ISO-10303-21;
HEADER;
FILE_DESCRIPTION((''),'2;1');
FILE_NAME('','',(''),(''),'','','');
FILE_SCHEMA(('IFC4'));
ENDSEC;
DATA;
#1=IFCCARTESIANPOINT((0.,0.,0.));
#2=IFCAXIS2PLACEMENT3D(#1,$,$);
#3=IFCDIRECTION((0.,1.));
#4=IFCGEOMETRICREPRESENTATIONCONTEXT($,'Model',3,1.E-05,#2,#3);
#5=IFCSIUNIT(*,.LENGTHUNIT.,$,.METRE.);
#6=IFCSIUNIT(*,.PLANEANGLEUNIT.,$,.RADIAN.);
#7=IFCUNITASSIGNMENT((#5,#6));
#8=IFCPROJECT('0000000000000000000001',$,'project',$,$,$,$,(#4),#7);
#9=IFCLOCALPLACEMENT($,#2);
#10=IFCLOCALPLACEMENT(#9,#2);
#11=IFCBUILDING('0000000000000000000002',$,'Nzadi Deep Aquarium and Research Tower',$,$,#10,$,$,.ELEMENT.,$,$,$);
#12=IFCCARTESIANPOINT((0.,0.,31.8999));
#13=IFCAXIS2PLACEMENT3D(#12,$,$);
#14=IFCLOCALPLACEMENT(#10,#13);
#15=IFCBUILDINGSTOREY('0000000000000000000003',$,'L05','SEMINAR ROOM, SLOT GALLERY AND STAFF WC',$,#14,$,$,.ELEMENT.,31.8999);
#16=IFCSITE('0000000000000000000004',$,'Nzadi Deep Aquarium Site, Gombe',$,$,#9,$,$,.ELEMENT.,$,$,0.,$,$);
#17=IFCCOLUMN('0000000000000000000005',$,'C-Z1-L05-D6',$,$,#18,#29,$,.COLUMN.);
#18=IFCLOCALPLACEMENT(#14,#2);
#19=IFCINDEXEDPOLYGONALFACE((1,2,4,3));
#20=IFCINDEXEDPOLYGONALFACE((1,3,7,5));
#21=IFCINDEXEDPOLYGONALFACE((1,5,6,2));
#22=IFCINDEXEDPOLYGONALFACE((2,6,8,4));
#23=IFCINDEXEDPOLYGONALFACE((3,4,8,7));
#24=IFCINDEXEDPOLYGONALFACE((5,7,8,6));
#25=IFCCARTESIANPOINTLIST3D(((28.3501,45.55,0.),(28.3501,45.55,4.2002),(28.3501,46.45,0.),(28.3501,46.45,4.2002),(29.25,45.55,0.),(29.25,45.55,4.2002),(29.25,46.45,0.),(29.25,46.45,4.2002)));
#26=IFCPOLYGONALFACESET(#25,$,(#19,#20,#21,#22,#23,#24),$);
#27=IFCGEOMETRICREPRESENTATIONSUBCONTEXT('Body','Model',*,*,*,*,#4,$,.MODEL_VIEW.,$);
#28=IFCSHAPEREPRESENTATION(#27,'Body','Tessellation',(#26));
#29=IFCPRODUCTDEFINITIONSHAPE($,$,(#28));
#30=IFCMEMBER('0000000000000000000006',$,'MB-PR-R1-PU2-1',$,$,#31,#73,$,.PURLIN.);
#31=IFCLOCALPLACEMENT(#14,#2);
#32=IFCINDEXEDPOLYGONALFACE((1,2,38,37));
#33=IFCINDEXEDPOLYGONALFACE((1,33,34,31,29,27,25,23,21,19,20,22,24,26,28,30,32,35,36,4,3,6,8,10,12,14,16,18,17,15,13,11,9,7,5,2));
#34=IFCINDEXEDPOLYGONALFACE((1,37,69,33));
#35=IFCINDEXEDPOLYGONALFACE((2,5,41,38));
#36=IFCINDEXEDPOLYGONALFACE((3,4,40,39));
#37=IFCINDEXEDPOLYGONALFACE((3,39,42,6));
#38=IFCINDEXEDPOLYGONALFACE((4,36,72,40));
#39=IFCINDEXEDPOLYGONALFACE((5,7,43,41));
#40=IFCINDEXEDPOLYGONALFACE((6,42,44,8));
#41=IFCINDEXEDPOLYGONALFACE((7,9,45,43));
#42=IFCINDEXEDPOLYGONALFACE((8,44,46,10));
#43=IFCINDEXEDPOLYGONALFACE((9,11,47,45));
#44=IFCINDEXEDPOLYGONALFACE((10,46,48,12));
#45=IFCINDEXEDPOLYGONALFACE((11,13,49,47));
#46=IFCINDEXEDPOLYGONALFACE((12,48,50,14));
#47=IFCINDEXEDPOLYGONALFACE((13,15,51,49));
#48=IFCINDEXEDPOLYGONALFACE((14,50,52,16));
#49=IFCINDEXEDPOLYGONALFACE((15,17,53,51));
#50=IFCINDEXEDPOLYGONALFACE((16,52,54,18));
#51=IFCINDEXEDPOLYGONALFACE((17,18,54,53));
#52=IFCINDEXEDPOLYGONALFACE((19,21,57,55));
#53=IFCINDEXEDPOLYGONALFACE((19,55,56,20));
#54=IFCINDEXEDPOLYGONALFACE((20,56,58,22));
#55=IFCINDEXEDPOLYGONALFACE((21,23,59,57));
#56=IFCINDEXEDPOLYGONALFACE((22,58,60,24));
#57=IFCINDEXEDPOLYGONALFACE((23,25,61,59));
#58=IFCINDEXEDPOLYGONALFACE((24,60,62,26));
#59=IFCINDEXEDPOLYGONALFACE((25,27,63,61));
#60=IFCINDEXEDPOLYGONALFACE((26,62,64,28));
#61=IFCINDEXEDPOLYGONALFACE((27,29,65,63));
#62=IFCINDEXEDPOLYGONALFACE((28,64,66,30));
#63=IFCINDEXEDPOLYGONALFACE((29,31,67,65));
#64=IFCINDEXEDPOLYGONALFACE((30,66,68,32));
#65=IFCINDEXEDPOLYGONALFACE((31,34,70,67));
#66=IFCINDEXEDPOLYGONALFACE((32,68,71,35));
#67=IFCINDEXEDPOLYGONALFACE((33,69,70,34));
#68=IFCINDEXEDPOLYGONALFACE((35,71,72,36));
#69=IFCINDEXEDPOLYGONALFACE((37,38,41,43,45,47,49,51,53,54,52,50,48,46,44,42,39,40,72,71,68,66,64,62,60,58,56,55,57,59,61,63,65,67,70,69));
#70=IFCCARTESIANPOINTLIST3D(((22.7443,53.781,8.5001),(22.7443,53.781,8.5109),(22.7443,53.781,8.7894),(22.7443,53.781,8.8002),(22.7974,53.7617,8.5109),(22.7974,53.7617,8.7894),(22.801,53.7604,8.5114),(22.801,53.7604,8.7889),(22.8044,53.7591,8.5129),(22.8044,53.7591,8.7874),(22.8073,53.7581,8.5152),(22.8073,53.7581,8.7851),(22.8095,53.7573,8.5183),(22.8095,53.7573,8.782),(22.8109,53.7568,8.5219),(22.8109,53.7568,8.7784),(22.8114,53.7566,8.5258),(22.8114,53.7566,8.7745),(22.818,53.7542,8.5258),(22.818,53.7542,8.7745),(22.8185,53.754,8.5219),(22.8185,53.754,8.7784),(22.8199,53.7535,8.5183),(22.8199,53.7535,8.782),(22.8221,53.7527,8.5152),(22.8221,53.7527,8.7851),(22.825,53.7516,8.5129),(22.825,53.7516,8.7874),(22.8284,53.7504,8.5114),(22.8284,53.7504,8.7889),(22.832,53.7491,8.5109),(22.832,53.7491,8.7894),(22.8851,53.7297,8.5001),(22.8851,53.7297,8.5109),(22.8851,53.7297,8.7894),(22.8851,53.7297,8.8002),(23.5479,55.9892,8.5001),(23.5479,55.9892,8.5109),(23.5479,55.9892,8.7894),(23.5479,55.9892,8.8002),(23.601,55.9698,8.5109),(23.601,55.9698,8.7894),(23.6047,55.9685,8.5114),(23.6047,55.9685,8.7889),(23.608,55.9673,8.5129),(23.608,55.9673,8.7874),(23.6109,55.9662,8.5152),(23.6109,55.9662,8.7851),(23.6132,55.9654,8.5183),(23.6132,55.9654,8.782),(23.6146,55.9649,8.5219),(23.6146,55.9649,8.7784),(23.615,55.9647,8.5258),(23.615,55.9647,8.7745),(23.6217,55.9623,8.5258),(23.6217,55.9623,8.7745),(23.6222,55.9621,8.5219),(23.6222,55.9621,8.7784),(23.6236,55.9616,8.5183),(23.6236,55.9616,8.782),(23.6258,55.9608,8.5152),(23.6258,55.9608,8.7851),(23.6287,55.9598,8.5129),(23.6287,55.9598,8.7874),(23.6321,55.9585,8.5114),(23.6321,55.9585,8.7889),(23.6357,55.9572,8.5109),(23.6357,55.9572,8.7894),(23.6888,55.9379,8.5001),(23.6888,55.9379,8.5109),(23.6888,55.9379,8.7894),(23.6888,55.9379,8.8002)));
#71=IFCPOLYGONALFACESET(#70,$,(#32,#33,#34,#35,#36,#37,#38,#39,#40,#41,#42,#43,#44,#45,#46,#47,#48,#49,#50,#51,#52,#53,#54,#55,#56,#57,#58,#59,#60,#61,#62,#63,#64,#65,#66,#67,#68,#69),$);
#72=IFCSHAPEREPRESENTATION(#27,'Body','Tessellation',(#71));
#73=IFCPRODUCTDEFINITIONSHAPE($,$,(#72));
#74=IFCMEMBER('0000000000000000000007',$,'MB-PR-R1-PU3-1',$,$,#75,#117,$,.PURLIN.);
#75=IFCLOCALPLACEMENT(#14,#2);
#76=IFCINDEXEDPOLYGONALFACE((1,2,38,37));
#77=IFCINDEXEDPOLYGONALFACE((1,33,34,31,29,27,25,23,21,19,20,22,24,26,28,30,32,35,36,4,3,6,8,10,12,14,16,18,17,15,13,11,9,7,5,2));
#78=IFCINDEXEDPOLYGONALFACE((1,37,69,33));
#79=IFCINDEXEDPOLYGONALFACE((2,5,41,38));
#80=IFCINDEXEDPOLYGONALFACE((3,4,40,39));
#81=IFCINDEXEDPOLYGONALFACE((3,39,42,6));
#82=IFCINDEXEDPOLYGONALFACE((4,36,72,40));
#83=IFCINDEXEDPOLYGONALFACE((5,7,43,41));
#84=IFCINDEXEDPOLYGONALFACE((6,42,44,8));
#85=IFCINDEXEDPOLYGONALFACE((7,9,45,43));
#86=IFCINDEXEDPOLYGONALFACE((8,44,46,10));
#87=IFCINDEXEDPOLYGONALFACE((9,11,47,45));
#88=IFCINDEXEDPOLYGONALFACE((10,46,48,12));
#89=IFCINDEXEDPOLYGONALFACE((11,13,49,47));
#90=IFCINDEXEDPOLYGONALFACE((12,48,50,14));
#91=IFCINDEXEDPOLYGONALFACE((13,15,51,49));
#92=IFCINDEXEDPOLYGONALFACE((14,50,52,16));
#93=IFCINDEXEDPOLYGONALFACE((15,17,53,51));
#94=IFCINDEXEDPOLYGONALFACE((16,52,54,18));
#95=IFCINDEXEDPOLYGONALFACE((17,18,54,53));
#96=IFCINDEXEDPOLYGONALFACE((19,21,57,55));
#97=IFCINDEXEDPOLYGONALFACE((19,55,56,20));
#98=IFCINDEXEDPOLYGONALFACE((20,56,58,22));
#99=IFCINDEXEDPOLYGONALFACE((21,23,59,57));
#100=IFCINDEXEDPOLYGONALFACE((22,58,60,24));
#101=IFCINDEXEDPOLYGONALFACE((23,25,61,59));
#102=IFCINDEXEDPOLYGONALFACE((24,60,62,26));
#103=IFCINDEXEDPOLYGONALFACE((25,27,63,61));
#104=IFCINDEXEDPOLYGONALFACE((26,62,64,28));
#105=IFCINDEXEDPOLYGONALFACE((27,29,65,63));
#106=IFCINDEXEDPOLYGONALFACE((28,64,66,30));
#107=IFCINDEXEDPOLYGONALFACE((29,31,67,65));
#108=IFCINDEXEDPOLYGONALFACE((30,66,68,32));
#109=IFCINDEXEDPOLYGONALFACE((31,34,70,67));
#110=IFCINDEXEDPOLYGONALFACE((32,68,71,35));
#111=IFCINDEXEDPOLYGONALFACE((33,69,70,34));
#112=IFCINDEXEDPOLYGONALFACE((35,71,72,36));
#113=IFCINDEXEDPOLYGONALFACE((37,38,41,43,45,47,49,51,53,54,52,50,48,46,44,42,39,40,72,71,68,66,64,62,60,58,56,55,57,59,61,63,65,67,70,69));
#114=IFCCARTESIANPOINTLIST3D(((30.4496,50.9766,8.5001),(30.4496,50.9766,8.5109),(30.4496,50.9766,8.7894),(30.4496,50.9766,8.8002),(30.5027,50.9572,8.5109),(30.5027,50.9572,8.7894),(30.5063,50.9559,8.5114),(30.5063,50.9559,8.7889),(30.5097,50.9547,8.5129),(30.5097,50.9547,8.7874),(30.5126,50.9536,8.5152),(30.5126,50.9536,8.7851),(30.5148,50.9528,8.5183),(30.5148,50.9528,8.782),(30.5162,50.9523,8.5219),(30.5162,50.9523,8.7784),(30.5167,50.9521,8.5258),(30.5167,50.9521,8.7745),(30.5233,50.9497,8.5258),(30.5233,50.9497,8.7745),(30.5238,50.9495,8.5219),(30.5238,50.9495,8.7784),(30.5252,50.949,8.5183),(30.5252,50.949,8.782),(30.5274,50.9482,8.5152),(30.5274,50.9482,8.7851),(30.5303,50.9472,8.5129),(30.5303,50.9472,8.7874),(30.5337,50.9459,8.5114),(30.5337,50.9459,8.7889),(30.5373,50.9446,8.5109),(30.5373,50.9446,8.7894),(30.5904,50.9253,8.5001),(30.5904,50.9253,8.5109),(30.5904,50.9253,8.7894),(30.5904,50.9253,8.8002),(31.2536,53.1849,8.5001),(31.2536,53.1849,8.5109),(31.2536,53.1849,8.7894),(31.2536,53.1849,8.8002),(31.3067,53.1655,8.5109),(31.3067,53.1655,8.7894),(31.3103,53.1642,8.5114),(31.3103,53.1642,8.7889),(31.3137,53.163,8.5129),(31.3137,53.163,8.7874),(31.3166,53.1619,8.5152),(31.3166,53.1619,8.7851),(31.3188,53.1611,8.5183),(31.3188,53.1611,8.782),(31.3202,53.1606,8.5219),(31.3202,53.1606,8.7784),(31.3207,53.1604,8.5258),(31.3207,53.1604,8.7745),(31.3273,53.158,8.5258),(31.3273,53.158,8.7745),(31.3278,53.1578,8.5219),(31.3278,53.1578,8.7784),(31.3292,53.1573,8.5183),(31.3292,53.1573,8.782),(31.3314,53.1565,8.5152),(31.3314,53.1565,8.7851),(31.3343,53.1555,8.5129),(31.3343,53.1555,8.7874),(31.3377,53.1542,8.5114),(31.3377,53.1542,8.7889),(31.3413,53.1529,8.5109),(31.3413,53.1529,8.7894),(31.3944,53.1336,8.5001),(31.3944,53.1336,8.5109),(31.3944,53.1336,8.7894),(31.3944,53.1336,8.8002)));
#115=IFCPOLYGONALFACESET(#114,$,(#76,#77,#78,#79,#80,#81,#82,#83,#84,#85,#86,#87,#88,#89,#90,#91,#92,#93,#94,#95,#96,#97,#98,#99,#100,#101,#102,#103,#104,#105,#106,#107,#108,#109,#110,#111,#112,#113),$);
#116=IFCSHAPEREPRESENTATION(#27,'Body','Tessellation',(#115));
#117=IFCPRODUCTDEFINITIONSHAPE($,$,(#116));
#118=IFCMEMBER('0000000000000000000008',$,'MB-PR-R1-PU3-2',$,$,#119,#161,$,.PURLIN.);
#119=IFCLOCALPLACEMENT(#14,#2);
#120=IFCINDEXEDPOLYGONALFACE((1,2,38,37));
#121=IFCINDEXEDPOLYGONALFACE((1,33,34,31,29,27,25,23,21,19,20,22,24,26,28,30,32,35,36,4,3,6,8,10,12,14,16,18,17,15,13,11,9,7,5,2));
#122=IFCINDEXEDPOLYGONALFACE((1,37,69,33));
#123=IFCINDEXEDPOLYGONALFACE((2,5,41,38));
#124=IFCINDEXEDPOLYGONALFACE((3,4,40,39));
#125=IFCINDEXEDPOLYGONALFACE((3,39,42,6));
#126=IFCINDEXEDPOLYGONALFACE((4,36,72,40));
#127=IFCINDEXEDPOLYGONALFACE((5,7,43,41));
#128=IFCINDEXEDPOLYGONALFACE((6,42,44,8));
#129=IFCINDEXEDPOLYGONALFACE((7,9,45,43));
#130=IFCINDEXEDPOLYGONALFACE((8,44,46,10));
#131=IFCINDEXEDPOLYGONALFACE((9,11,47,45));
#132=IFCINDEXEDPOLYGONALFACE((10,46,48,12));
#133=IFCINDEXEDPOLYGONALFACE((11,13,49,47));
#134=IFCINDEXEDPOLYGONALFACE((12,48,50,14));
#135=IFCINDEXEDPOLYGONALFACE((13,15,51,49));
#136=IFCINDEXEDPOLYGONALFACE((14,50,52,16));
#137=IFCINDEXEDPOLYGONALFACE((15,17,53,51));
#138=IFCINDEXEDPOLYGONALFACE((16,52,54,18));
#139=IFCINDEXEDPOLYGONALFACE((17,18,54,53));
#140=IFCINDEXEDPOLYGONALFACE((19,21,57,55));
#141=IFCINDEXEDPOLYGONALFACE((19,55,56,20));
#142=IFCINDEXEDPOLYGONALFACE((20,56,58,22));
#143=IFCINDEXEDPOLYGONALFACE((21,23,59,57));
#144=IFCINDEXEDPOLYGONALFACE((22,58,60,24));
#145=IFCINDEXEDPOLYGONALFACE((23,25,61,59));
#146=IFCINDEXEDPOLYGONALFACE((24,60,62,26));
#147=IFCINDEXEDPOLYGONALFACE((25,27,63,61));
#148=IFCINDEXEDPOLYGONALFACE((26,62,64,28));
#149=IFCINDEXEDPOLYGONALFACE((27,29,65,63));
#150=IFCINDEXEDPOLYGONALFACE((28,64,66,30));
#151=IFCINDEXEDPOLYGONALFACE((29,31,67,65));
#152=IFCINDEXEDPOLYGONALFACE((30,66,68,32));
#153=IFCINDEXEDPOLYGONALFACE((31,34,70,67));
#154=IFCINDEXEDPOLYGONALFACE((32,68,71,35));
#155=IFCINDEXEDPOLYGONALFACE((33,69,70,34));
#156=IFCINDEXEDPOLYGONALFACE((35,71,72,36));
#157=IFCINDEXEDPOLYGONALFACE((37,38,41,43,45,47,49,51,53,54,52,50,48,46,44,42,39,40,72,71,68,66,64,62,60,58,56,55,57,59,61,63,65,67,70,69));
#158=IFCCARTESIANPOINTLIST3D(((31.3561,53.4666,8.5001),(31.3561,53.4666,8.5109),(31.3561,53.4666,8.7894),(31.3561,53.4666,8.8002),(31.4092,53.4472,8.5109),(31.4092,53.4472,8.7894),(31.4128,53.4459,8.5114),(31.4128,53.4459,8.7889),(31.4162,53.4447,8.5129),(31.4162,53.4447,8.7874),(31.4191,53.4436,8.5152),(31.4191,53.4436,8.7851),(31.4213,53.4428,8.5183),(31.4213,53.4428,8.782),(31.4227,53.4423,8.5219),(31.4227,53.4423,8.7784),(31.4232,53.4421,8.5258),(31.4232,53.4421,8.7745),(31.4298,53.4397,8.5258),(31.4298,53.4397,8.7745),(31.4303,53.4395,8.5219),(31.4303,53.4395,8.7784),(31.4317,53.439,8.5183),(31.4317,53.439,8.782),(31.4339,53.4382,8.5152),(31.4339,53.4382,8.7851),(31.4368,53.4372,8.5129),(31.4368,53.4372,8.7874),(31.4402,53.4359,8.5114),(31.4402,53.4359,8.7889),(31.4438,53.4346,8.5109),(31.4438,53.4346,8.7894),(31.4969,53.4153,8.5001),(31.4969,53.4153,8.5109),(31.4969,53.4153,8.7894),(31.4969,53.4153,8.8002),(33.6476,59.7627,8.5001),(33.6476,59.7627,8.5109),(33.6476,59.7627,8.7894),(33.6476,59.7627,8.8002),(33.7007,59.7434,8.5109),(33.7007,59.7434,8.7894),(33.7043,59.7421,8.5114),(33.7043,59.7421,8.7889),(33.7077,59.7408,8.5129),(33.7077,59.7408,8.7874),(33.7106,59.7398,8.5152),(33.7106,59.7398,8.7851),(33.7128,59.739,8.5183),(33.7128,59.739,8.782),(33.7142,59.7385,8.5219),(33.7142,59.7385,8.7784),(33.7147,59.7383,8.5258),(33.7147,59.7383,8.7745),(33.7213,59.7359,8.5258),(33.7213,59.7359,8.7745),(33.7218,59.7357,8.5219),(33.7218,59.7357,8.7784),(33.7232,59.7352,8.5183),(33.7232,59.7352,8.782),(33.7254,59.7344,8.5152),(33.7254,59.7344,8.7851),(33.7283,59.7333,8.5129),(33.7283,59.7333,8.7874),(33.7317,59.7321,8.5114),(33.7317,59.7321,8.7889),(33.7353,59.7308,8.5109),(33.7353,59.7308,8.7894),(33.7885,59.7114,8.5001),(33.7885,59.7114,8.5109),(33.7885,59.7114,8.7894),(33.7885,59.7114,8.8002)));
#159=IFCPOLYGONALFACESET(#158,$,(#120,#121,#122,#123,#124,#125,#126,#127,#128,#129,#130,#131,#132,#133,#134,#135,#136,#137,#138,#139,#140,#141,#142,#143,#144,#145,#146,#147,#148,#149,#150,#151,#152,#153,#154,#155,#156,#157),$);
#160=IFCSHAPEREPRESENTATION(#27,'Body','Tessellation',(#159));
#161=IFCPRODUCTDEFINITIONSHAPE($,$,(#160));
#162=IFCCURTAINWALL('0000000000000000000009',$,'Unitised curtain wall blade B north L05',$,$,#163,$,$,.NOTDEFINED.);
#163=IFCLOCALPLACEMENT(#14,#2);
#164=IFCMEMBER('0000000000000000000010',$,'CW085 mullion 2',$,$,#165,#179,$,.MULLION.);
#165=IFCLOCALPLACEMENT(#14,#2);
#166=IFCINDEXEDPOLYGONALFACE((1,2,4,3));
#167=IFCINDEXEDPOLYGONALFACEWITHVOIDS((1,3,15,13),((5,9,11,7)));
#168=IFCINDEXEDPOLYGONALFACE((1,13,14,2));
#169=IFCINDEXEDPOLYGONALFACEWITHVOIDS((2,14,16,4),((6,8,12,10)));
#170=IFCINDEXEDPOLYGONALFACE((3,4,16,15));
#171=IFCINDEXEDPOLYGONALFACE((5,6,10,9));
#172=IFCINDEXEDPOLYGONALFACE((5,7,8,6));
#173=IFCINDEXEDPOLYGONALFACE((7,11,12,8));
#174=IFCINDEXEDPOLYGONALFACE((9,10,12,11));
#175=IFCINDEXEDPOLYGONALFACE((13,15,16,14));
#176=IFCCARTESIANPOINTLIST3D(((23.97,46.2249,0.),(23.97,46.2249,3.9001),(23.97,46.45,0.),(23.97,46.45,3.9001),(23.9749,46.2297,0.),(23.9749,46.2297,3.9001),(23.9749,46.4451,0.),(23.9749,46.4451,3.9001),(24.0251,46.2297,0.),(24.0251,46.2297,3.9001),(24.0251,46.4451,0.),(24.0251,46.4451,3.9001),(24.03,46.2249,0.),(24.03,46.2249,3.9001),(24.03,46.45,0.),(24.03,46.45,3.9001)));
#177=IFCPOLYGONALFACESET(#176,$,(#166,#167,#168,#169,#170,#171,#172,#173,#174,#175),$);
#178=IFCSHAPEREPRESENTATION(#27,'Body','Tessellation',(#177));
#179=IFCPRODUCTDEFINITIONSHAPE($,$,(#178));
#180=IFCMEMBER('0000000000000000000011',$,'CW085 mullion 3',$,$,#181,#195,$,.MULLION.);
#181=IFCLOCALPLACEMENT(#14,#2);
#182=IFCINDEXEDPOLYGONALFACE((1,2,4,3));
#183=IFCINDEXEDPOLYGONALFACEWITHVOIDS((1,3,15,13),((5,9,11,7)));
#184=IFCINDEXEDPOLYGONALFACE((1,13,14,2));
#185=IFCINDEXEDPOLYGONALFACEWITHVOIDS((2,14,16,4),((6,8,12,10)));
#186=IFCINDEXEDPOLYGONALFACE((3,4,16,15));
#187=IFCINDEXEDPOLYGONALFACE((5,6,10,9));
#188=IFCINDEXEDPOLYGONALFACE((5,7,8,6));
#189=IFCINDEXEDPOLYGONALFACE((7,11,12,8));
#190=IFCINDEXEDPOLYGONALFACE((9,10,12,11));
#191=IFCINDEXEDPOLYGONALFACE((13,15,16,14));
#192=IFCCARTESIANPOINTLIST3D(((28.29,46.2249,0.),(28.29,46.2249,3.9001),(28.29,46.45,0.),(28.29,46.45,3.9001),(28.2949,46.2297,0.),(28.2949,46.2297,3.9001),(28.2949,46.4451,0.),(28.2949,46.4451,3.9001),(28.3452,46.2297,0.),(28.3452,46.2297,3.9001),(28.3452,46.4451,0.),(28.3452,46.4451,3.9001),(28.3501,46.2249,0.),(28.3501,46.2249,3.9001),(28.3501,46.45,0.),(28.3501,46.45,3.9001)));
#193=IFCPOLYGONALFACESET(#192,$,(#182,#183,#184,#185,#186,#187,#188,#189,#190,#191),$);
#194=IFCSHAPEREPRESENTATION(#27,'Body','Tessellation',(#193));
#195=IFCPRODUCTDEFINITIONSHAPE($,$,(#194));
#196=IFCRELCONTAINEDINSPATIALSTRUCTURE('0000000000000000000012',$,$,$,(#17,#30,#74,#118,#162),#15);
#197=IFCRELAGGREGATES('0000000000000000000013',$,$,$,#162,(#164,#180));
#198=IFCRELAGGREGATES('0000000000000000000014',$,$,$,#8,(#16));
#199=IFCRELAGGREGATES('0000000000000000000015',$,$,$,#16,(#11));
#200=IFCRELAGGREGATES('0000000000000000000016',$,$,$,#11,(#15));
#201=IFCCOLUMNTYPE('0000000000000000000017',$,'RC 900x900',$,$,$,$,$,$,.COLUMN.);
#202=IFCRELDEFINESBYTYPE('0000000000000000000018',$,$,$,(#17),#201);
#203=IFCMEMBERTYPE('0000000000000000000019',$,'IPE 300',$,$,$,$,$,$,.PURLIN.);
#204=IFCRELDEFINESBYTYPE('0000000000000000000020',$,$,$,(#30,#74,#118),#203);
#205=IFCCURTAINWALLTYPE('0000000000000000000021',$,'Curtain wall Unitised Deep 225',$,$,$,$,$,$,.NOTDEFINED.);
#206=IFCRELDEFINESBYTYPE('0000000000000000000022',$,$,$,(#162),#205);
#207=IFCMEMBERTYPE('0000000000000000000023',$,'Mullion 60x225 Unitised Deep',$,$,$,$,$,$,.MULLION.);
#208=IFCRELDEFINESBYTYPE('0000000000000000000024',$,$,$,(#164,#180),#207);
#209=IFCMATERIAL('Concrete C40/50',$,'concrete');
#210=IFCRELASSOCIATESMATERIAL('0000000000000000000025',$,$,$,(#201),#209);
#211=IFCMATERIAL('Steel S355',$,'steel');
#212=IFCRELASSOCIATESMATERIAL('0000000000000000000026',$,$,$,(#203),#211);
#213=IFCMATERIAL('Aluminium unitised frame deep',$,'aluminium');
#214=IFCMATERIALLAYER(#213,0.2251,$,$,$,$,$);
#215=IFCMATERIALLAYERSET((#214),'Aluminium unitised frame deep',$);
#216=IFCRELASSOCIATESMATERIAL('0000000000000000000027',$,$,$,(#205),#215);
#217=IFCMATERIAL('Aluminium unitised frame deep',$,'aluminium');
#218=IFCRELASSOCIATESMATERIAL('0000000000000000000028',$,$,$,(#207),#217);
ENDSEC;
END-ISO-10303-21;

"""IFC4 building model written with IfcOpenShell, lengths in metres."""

from ifc_helpers import new_model, si_unit, direction, frame, origin, origin_2d, place, context, subcontext, project, spatial, rectangle, hollow_rectangle, i_section, extrude, material, layer, layer_set, material_profile, profile_set, type_object, element, aggregate, save


model = new_model("IFC4")

# Units and contexts
model_context = context("Model", 3, precision=1e-05, world=origin(), true_north=direction((0.0, 1.0)))
body_context = subcontext(model_context, "Body", "Model", "MODEL_VIEW")
ifc_project = project(units=[si_unit("LENGTHUNIT", "METRE"), si_unit("PLANEANGLEUNIT", "RADIAN")], contexts=[model_context])

# Site, building, storey
site_placement = place(None, origin())
site = spatial("IfcSite", under=ifc_project, at=site_placement, Name="Nzadi Deep Aquarium Site, Gombe", CompositionType="ELEMENT", RefElevation=0.0)
building_placement = place(site_placement, origin())
building = spatial("IfcBuilding", under=site, at=building_placement, Name="Nzadi Deep Aquarium and Research Tower", CompositionType="ELEMENT")
storey_placement = place(building_placement, frame((0.0, 0.0, 31.8999)))
storey = spatial("IfcBuildingStorey", under=building, at=storey_placement, Name="L05", Description="SEMINAR ROOM, SLOT GALLERY AND STAFF WC", CompositionType="ELEMENT", Elevation=31.8999)

# Column
ifc_material_1 = material(Name="Concrete C40/50", Category="concrete")
ifc_material_profile_1 = material_profile(ifc_material_1, rectangle(XDim=0.8999, YDim=0.8999, at=origin_2d()))
ifc_profile_set_1 = profile_set([ifc_material_profile_1], Name="Concrete C40/50")
column_type = type_object("IfcColumnType", Name="RC 900x900", PredefinedType="COLUMN", material=ifc_profile_set_1)
column_placement = place(storey_placement, frame((28.8, 46.0, 0.0), z_axis=(0.0, 0.0, 1.0), x_axis=(1.0, 0.0, 0.0)))
element("IfcColumn", 1, at=column_placement, inside=storey, type_object=column_type, Name="C-Z1-L05-D6", PredefinedType="COLUMN", context=body_context, shape_type="SweptSolid", body=[
    extrude(rectangle(XDim=0.8999, YDim=0.8999, at=origin_2d()), origin(), (0.0, 0.0, 1.0), 4.2002),
])

# Members
ifc_material_2 = material(Name="Steel S355", Category="steel")
ifc_material_profile_2 = material_profile(ifc_material_2, i_section(OverallWidth=0.1499, OverallDepth=0.3, WebThickness=0.0071, FlangeThickness=0.0107, FilletRadius=0.0149, at=origin_2d()))
ifc_profile_set_2 = profile_set([ifc_material_profile_2], Name="Steel S355")
member_type_1 = type_object("IfcMemberType", Name="IPE 300", PredefinedType="PURLIN", material=ifc_profile_set_2)
member_1_placement = place(storey_placement, frame((22.8147, 53.7554, 8.6501), z_axis=(0.34201, 0.939696, 0.0), x_axis=(-0.939696, 0.34201, 0.0)))
element("IfcMember", 2, at=member_1_placement, inside=storey, type_object=member_type_1, Name="MB-PR-R1-PU2-1", PredefinedType="PURLIN", context=body_context, shape_type="SweptSolid", body=[
    extrude(i_section(OverallWidth=0.1499, OverallDepth=0.3, WebThickness=0.0071, FlangeThickness=0.0107, FilletRadius=0.0149, at=origin_2d()), origin(), (0.0, 0.0, 1.0), 2.3499),
])
member_2_placement = place(storey_placement, frame((30.52, 50.9509, 8.6501), z_axis=(0.342102, 0.939663, 0.0), x_axis=(-0.939663, 0.342102, 0.0)))
element("IfcMember", 3, at=member_2_placement, inside=storey, type_object=member_type_1, Name="MB-PR-R1-PU3-1", PredefinedType="PURLIN", context=body_context, shape_type="SweptSolid", body=[
    extrude(i_section(OverallWidth=0.1499, OverallDepth=0.3, WebThickness=0.0071, FlangeThickness=0.0107, FilletRadius=0.0149, at=origin_2d()), origin(), (0.0, 0.0, 1.0), 2.3501),
])
member_3_placement = place(storey_placement, frame((31.4265, 53.4409, 8.6501), z_axis=(0.342006, 0.939698, 0.0), x_axis=(-0.939698, 0.342006, 0.0)))
element("IfcMember", 4, at=member_3_placement, inside=storey, type_object=member_type_1, Name="MB-PR-R1-PU3-2", PredefinedType="PURLIN", context=body_context, shape_type="SweptSolid", body=[
    extrude(i_section(OverallWidth=0.1499, OverallDepth=0.3, WebThickness=0.0071, FlangeThickness=0.0107, FilletRadius=0.0149, at=origin_2d()), origin(), (0.0, 0.0, 1.0), 6.7002),
])

# Curtain wall, members
ifc_material_3 = material(Name="Aluminium unitised frame deep", Category="aluminium")
ifc_layer_1 = layer(ifc_material_3, 0.2251)
ifc_layer_set_1 = layer_set([ifc_layer_1], Name="Aluminium unitised frame deep")
curtain_wall_type = type_object("IfcCurtainWallType", Name="Curtain wall Unitised Deep 225", PredefinedType="NOTDEFINED", material=ifc_layer_set_1)
curtain_wall_1_placement = place(storey_placement, origin())
curtain_wall_1 = element("IfcCurtainWall", 5, at=curtain_wall_1_placement, inside=storey, type_object=curtain_wall_type, Name="Unitised curtain wall blade B north L05", PredefinedType="NOTDEFINED")
ifc_material_4 = material(Name="Aluminium unitised frame deep", Category="aluminium")
ifc_material_profile_3 = material_profile(ifc_material_4, hollow_rectangle(XDim=0.2251, YDim=0.0601, WallThickness=0.0049, at=origin_2d()))
ifc_profile_set_3 = profile_set([ifc_material_profile_3], Name="Aluminium unitised frame deep")
member_type_2 = type_object("IfcMemberType", Name="Mullion 60x225 Unitised Deep", PredefinedType="MULLION", material=ifc_profile_set_3)
member_4_placement = place(storey_placement, frame((24.0, 46.3374, 0.0), z_axis=(0.0, 0.0, 1.0), x_axis=(0.0, 1.0, 0.0)))
member_4 = element("IfcMember", 6, at=member_4_placement, type_object=member_type_2, Name="CW085 mullion 2", PredefinedType="MULLION", context=body_context, shape_type="SweptSolid", body=[
    extrude(hollow_rectangle(XDim=0.2251, YDim=0.0601, WallThickness=0.0049, at=origin_2d()), origin(), (0.0, 0.0, 1.0), 3.9001),
])
member_5_placement = place(storey_placement, frame((28.3201, 46.3374, 0.0), z_axis=(0.0, 0.0, 1.0), x_axis=(0.0, 1.0, 0.0)))
member_5 = element("IfcMember", 7, at=member_5_placement, type_object=member_type_2, Name="CW085 mullion 3", PredefinedType="MULLION", context=body_context, shape_type="SweptSolid", body=[
    extrude(hollow_rectangle(XDim=0.2251, YDim=0.0601, WallThickness=0.0049, at=origin_2d()), origin(), (0.0, 0.0, 1.0), 3.9001),
])

aggregate(curtain_wall_1, [member_4, member_5])

save(model, "model.ifc")
